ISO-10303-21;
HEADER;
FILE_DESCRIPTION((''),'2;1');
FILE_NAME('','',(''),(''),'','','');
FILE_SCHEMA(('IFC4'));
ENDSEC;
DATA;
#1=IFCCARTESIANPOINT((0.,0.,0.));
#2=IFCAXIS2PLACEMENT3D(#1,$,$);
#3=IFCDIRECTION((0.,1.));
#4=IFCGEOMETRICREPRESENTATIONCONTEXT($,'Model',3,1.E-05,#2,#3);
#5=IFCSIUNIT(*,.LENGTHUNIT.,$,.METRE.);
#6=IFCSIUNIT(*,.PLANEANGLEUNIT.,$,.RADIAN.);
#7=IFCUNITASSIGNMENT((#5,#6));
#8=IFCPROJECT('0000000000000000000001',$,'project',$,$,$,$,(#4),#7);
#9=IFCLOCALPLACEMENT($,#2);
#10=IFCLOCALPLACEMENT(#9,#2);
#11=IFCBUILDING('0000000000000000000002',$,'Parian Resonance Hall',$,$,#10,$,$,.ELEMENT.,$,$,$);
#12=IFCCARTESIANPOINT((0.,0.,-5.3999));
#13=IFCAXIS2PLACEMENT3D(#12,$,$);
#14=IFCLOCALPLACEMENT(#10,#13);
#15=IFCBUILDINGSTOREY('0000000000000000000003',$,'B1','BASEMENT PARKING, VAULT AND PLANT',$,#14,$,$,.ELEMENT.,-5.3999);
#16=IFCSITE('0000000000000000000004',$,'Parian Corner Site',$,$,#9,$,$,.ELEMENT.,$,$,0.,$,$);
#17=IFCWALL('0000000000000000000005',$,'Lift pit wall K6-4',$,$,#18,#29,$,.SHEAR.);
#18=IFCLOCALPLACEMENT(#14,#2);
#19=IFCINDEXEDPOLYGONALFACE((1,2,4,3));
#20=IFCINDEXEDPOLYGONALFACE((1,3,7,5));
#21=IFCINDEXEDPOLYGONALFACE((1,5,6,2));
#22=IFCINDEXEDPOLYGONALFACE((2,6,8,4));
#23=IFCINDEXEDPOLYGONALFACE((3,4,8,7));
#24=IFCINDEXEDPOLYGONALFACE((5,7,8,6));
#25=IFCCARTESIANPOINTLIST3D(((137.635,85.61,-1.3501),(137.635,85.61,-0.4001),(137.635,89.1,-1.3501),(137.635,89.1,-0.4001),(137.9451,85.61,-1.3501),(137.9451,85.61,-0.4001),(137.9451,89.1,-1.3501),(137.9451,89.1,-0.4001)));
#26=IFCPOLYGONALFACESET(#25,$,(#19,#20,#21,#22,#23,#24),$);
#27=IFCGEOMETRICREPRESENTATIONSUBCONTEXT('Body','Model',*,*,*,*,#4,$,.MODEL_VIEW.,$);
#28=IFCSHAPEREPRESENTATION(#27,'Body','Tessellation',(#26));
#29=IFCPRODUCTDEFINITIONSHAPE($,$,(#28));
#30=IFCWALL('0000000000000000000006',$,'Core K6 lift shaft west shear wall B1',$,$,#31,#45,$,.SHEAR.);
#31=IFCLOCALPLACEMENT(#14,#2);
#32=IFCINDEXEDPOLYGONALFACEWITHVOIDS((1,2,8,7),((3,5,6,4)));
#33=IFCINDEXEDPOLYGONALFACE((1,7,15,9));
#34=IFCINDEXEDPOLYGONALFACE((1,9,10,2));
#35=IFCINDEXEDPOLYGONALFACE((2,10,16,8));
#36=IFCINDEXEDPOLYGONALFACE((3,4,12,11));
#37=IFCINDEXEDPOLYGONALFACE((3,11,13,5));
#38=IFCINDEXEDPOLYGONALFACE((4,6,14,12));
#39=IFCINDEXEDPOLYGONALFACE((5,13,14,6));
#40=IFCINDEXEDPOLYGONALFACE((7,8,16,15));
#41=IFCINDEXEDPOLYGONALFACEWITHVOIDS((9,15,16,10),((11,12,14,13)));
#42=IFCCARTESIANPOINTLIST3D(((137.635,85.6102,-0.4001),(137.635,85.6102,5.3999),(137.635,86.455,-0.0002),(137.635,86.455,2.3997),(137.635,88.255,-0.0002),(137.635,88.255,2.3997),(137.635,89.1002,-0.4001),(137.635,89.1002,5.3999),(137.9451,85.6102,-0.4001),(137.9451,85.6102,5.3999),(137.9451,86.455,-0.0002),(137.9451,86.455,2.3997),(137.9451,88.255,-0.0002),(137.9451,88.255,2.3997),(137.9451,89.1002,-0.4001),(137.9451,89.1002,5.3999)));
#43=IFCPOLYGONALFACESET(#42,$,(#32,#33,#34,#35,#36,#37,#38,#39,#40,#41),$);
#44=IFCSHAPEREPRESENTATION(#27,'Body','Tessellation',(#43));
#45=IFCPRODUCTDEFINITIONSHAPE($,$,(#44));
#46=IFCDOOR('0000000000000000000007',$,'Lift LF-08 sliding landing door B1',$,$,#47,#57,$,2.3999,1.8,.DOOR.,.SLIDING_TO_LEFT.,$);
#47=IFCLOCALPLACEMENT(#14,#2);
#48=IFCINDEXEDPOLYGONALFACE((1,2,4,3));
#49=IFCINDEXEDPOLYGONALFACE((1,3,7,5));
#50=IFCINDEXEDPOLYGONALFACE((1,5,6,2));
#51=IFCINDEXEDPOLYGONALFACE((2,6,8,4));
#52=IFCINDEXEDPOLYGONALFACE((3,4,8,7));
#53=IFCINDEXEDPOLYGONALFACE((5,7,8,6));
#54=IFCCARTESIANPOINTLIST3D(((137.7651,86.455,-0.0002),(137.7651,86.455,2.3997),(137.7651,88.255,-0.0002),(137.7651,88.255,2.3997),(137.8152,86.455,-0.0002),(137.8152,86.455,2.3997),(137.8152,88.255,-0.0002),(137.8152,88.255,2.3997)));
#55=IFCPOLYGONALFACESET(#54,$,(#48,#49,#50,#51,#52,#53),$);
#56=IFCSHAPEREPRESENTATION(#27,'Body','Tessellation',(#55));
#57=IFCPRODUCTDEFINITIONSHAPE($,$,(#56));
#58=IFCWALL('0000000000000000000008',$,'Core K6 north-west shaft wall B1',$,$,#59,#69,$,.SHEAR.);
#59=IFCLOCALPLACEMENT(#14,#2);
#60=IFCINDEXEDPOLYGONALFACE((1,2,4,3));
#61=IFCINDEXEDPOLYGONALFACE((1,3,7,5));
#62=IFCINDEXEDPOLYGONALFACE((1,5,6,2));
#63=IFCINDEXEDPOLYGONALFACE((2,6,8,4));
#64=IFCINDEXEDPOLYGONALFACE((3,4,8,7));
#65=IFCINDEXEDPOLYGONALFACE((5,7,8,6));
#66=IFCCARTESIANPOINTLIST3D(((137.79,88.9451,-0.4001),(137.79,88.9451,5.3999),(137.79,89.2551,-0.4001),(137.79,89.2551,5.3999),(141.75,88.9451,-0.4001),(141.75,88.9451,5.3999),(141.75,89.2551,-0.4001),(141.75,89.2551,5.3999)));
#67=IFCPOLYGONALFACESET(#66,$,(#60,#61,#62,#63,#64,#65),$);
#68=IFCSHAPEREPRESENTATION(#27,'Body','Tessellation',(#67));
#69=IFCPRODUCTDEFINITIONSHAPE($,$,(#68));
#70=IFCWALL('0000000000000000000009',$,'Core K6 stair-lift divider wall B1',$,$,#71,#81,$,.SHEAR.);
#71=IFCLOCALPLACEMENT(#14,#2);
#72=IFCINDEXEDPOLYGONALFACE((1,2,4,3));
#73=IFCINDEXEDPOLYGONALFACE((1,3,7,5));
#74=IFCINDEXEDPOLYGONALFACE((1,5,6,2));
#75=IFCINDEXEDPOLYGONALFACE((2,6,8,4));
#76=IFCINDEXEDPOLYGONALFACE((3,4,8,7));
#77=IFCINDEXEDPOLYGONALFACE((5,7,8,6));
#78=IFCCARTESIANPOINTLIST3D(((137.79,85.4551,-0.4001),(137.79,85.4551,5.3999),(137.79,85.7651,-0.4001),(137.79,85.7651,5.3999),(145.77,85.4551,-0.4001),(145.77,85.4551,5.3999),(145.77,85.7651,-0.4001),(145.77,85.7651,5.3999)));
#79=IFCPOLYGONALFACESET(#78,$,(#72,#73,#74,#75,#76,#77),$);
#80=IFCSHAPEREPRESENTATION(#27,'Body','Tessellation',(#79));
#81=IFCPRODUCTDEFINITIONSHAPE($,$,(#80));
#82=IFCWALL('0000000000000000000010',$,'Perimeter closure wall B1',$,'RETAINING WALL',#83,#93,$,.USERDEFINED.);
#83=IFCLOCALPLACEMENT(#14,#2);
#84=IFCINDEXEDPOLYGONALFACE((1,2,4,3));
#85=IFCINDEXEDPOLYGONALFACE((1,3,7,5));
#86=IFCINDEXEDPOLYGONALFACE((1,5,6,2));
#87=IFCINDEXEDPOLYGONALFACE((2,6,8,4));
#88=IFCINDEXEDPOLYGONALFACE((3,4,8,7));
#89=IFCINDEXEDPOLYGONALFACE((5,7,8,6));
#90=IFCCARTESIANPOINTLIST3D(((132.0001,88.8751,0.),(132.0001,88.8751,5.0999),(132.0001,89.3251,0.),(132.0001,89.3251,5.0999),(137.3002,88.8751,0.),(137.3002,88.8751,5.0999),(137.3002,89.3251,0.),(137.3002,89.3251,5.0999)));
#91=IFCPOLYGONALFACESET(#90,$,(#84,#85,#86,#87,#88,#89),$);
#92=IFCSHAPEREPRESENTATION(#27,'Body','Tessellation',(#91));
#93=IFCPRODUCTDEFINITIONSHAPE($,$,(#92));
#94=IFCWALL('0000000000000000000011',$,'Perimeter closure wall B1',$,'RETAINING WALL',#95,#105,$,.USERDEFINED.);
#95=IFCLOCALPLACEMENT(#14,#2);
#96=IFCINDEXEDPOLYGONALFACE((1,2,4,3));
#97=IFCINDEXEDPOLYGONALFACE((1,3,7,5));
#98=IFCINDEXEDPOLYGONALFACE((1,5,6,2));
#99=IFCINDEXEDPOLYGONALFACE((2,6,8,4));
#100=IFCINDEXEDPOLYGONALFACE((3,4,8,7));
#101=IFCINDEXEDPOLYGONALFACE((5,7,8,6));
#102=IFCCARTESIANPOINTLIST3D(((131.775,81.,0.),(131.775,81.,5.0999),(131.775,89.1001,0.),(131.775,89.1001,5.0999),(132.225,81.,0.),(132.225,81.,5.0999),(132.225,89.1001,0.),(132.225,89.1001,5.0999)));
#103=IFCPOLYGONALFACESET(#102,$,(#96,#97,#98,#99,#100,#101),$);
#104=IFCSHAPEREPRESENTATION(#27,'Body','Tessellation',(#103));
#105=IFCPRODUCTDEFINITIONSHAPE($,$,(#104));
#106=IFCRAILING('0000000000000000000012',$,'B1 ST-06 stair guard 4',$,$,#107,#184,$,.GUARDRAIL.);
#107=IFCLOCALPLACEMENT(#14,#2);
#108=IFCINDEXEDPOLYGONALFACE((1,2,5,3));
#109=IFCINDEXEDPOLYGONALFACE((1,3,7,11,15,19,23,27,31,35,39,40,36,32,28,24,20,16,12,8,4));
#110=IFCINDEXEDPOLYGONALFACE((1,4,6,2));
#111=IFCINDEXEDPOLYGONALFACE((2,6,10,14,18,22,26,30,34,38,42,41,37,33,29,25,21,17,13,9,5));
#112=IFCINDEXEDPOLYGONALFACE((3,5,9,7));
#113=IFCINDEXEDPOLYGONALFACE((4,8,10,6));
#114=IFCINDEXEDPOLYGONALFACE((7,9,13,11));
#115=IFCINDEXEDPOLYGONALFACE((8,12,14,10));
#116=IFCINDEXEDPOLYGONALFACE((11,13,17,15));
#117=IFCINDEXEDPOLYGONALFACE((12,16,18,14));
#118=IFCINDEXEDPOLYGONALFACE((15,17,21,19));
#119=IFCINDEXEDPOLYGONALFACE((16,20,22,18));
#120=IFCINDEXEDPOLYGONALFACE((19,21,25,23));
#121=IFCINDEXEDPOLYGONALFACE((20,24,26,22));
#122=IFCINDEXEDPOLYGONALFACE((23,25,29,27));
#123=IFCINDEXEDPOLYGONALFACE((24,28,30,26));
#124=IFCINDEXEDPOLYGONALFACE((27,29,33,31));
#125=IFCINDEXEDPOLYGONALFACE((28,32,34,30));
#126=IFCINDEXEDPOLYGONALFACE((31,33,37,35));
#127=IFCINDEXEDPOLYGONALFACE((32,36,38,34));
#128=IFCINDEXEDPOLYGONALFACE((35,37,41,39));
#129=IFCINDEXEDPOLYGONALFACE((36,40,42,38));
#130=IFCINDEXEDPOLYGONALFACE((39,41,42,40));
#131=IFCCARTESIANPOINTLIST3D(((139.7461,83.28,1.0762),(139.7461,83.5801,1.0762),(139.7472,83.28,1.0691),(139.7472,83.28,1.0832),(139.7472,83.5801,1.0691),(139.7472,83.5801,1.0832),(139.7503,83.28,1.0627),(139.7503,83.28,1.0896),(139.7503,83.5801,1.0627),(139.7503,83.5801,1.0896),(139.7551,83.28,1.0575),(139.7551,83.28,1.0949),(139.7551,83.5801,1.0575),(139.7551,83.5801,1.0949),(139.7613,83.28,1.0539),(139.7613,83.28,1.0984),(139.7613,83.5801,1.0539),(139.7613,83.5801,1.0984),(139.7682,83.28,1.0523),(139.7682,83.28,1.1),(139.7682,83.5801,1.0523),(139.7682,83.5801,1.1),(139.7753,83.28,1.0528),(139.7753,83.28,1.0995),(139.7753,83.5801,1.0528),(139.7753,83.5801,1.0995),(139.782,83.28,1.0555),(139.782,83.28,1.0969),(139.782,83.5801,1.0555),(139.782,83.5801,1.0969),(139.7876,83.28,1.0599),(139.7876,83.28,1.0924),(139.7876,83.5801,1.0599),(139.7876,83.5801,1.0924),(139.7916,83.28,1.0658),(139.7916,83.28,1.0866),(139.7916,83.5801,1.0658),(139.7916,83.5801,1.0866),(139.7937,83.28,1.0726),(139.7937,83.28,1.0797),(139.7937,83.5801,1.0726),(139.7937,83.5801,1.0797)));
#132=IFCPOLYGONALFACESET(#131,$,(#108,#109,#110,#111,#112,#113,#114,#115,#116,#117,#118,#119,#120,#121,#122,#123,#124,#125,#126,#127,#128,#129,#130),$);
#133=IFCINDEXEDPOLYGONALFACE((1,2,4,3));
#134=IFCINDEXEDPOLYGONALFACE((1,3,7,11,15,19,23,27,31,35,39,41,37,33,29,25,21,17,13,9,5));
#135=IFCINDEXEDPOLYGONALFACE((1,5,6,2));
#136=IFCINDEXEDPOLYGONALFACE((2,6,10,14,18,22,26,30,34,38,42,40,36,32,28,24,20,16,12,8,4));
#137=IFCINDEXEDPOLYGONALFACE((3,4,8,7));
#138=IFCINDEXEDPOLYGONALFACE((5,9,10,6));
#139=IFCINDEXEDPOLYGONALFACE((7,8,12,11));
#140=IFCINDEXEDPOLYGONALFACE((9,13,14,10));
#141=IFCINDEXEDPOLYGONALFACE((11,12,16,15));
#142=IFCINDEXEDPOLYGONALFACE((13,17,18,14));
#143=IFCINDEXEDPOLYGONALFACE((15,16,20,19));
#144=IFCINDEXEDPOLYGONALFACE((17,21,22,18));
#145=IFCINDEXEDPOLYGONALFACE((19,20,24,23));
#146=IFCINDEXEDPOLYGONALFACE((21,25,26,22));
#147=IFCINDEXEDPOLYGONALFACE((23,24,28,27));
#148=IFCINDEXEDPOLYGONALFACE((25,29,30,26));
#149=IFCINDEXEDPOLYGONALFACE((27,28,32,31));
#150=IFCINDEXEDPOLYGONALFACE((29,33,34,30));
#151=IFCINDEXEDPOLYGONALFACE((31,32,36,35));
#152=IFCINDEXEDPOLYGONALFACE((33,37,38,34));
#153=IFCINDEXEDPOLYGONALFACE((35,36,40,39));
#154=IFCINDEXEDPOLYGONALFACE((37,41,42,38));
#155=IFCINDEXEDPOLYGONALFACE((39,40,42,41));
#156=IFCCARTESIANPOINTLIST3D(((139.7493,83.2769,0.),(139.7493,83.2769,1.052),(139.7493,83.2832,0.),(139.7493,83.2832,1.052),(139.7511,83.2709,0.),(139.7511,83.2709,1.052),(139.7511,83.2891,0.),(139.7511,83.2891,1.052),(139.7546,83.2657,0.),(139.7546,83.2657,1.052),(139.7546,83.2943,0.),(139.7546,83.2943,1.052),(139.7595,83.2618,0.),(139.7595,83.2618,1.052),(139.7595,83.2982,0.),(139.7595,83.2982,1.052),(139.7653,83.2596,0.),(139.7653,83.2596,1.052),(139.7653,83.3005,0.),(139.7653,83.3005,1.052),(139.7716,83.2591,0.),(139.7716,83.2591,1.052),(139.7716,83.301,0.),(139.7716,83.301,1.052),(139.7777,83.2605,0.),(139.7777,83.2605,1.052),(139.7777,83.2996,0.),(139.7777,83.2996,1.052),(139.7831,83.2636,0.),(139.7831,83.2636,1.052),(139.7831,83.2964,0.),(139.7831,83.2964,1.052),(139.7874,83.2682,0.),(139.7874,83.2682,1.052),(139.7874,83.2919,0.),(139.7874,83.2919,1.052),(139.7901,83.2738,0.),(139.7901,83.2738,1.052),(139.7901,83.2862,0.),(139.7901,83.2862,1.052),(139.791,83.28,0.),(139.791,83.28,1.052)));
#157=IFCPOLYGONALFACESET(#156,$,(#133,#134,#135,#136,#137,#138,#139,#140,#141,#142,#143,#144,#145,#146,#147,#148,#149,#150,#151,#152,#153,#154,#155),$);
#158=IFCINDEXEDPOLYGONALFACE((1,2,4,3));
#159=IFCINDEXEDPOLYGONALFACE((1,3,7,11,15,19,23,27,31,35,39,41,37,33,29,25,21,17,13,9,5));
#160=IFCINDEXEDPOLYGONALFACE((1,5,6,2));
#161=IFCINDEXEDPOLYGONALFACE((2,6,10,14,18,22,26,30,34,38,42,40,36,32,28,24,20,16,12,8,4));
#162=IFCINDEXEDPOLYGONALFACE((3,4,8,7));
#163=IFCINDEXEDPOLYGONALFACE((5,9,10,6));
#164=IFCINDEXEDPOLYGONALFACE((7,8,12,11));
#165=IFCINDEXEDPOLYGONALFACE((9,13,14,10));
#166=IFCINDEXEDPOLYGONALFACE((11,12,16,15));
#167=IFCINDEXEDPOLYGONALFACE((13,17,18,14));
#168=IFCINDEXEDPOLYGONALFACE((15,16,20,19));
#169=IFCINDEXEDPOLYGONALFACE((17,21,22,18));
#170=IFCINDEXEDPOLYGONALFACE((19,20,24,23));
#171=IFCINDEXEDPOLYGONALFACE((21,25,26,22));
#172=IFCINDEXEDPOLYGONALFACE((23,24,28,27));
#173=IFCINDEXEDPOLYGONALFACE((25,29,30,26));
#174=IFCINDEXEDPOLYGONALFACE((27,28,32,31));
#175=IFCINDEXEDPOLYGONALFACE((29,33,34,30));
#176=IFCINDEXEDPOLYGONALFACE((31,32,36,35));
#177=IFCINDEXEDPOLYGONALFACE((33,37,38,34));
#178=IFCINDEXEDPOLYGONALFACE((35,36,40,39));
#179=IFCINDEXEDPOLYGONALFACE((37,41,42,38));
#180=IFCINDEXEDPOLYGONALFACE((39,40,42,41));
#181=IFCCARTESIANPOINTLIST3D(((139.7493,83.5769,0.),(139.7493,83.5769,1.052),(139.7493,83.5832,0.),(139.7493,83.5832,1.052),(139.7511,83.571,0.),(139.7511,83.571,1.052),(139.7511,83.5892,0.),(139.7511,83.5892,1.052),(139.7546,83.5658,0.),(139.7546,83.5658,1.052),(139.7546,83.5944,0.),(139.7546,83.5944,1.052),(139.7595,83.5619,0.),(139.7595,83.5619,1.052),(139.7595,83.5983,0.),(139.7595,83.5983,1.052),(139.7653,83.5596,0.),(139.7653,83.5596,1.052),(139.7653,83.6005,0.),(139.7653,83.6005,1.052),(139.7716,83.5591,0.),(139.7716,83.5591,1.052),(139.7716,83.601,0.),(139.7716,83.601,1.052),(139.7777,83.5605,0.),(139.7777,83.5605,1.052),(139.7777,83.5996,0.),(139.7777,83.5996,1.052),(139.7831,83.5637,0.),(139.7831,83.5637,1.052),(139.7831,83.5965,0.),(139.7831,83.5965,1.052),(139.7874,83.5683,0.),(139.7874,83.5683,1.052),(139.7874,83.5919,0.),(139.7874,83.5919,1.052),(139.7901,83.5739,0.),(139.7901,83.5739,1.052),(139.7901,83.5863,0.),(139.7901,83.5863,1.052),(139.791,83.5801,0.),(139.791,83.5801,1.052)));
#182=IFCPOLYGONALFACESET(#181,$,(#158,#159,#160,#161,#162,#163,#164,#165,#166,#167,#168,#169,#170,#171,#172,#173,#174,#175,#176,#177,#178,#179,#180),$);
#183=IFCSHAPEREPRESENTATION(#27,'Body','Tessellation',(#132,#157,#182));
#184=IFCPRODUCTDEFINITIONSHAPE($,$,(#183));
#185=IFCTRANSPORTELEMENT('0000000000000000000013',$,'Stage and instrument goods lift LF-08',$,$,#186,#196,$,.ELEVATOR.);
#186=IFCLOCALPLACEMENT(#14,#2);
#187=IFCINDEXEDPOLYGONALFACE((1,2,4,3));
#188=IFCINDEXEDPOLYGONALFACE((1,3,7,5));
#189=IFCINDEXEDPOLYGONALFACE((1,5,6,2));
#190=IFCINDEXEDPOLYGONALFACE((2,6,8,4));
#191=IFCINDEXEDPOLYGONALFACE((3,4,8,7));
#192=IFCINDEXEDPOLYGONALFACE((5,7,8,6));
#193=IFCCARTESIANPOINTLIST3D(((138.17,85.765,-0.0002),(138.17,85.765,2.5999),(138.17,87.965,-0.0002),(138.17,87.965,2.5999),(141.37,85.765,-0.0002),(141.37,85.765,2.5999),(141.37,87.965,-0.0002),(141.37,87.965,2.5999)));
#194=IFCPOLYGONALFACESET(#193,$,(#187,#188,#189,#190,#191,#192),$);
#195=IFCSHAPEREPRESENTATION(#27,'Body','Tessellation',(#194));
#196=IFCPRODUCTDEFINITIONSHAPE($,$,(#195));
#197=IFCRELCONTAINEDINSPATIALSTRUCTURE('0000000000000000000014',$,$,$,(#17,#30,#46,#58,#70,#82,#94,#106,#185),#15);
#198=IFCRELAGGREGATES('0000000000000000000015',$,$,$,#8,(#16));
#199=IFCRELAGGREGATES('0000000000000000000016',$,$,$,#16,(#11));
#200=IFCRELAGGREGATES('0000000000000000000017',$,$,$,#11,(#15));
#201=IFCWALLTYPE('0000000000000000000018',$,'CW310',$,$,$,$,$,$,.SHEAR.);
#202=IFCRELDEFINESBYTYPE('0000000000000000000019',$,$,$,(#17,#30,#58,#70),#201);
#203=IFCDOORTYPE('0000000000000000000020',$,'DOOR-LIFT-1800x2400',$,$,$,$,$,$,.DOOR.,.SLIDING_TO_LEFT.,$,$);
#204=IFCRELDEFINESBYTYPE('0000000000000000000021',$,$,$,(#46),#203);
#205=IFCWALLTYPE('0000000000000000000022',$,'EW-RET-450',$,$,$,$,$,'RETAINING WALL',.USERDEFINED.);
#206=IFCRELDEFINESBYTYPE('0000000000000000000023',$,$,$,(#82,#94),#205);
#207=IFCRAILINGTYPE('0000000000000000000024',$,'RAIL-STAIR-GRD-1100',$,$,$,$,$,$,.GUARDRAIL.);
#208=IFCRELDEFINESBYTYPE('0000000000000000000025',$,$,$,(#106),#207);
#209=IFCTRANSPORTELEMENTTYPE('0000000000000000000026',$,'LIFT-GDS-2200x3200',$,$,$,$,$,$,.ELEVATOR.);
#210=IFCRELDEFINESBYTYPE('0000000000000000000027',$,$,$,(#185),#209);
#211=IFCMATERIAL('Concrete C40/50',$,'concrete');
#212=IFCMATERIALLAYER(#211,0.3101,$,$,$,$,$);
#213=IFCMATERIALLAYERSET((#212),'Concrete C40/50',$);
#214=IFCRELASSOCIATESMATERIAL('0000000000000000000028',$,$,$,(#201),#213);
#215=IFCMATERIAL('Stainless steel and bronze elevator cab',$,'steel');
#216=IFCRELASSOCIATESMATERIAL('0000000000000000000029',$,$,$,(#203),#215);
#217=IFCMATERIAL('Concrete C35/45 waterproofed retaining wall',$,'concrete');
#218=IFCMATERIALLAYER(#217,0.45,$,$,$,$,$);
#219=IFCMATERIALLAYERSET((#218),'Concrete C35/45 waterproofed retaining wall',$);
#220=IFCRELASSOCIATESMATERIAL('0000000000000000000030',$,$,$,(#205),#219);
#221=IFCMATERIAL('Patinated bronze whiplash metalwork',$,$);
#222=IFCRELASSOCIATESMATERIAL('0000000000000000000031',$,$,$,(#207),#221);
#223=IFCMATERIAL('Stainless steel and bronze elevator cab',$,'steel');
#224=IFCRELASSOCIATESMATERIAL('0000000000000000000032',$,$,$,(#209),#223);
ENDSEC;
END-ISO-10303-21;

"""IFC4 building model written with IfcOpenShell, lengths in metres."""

from ifc_helpers import new_model, si_unit, direction, frame, frame_2d, origin, origin_2d, place, context, subcontext, project, spatial, rectangle, circle, extrude, material, layer, layer_set, type_object, element, fill, save


model = new_model("IFC4")

# Units and contexts
model_context = context("Model", 3, precision=1e-05, world=origin(), true_north=direction((0.0, 1.0)))
body_context = subcontext(model_context, "Body", "Model", "MODEL_VIEW")
ifc_project = project(units=[si_unit("LENGTHUNIT", "METRE"), si_unit("PLANEANGLEUNIT", "RADIAN")], contexts=[model_context])

# Site, building, storey
site_placement = place(None, origin())
site = spatial("IfcSite", under=ifc_project, at=site_placement, Name="Parian Corner Site", CompositionType="ELEMENT", RefElevation=0.0)
building_placement = place(site_placement, origin())
building = spatial("IfcBuilding", under=site, at=building_placement, Name="Parian Resonance Hall", CompositionType="ELEMENT")
storey_placement = place(building_placement, frame((0.0, 0.0, -5.3999)))
storey = spatial("IfcBuildingStorey", under=building, at=storey_placement, Name="B1", Description="BASEMENT PARKING, VAULT AND PLANT", CompositionType="ELEMENT", Elevation=-5.3999)

# Wall
ifc_material_1 = material(Name="Concrete C40/50", Category="concrete")
ifc_layer_1 = layer(ifc_material_1, 0.3101)
ifc_layer_set_1 = layer_set([ifc_layer_1], Name="Concrete C40/50")
wall_type_1 = type_object("IfcWallType", Name="CW310", PredefinedType="SHEAR", material=ifc_layer_set_1)
wall_1_placement = place(storey_placement, frame((137.79, 89.1001, -1.3501), z_axis=(0.0, 0.0, 1.0), x_axis=(0.0, -1.0, 0.0)))
element("IfcWall", 1, at=wall_1_placement, inside=storey, type_object=wall_type_1, Name="Lift pit wall K6-4", PredefinedType="SHEAR", context=body_context, shape_type="SweptSolid", body=[
    extrude(rectangle(XDim=3.49, YDim=0.3101, at=frame_2d((1.7451, 0.0))), origin(), (0.0, 0.0, 1.0), 0.95),
])

# Wall, opening, door
wall_2_placement = place(storey_placement, frame((137.79, 85.6101, -0.4001), z_axis=(0.0, 0.0, 1.0), x_axis=(0.0, 1.0, 0.0)))
wall_2 = element("IfcWall", 2, at=wall_2_placement, inside=storey, type_object=wall_type_1, Name="Core K6 lift shaft west shear wall B1", PredefinedType="SHEAR", context=body_context, shape_type="SweptSolid", body=[
    extrude(rectangle(XDim=3.49, YDim=0.3101, at=frame_2d((1.7451, 0.0))), origin(), (0.0, 0.0, 1.0), 5.8),
])
opening_placement = place(wall_2_placement, frame((0.845, 0.0, 0.3999)))
opening = element("IfcOpeningElement", 3, at=opening_placement, cuts=wall_2, PredefinedType="OPENING", context=body_context, shape_type="SweptSolid", body=[
    extrude(rectangle(XDim=1.8, YDim=2.3999, at=frame_2d((0.8999, 1.2))), frame((0.0, 0.165, 0.0), z_axis=(0.0, -1.0, 0.0), x_axis=(1.0, 0.0, 0.0)), (0.0, 0.0, 1.0), 0.3301),
])
ifc_material_2 = material(Name="Stainless steel and bronze elevator cab", Category="steel")
door_type = type_object("IfcDoorType", Name="DOOR-LIFT-1800x2400", OperationType="SLIDING_TO_LEFT", PredefinedType="DOOR", material=ifc_material_2)
door_placement = place(opening_placement, origin())
door = element("IfcDoor", 4, at=door_placement, inside=storey, type_object=door_type, Name="Lift LF-08 sliding landing door B1", OperationType="SLIDING_TO_LEFT", OverallHeight=2.3999, OverallWidth=1.8, PredefinedType="DOOR", context=body_context, shape_type="SweptSolid", body=[
    extrude(rectangle(XDim=1.8, YDim=2.3999, at=frame_2d((0.8999, 1.2))), frame((0.0, 0.0249, 0.0), z_axis=(0.0, -1.0, 0.0), x_axis=(1.0, 0.0, 0.0)), (0.0, 0.0, 1.0), 0.05),
])
fill(opening, door)

# Walls
wall_3_placement = place(storey_placement, frame((137.79, 89.1001, -0.4001), z_axis=(0.0, 0.0, 1.0), x_axis=(1.0, 0.0, 0.0)))
element("IfcWall", 5, at=wall_3_placement, inside=storey, type_object=wall_type_1, Name="Core K6 north-west shaft wall B1", PredefinedType="SHEAR", context=body_context, shape_type="SweptSolid", body=[
    extrude(rectangle(XDim=3.96, YDim=0.3101, at=frame_2d((1.98, 0.0))), origin(), (0.0, 0.0, 1.0), 5.8),
])
wall_4_placement = place(storey_placement, frame((137.79, 85.6101, -0.4001), z_axis=(0.0, 0.0, 1.0), x_axis=(1.0, 0.0, 0.0)))
element("IfcWall", 6, at=wall_4_placement, inside=storey, type_object=wall_type_1, Name="Core K6 stair-lift divider wall B1", PredefinedType="SHEAR", context=body_context, shape_type="SweptSolid", body=[
    extrude(rectangle(XDim=7.98, YDim=0.3101, at=frame_2d((3.99, 0.0))), origin(), (0.0, 0.0, 1.0), 5.8),
])
ifc_material_3 = material(Name="Concrete C35/45 waterproofed retaining wall", Category="concrete")
ifc_layer_2 = layer(ifc_material_3, 0.45)
ifc_layer_set_2 = layer_set([ifc_layer_2], Name="Concrete C35/45 waterproofed retaining wall")
wall_type_2 = type_object("IfcWallType", Name="EW-RET-450", ElementType="RETAINING WALL", PredefinedType="USERDEFINED", material=ifc_layer_set_2)
wall_5_placement = place(storey_placement, frame((137.3, 89.1001, 0.0), z_axis=(0.0, 0.0, 1.0), x_axis=(-1.0, 0.0, 0.0)))
element("IfcWall", 7, at=wall_5_placement, inside=storey, type_object=wall_type_2, Name="Perimeter closure wall B1", ObjectType="RETAINING WALL", PredefinedType="USERDEFINED", context=body_context, shape_type="SweptSolid", body=[
    extrude(rectangle(XDim=5.3, YDim=0.45, at=frame_2d((2.6499, 0.0))), origin(), (0.0, 0.0, 1.0), 5.0999),
])
wall_6_placement = place(storey_placement, frame((132.0, 89.1001, 0.0), z_axis=(0.0, 0.0, 1.0), x_axis=(0.0, -1.0, 0.0)))
element("IfcWall", 8, at=wall_6_placement, inside=storey, type_object=wall_type_2, Name="Perimeter closure wall B1", ObjectType="RETAINING WALL", PredefinedType="USERDEFINED", context=body_context, shape_type="SweptSolid", body=[
    extrude(rectangle(XDim=8.1001, YDim=0.45, at=frame_2d((4.05, 0.0))), origin(), (0.0, 0.0, 1.0), 5.0999),
])

# Railing
ifc_material_4 = material(Name="Patinated bronze whiplash metalwork")
railing_type = type_object("IfcRailingType", Name="RAIL-STAIR-GRD-1100", PredefinedType="GUARDRAIL", material=ifc_material_4)
railing_placement = place(storey_placement, frame((139.77, 83.28, 0.0)))
element("IfcRailing", 9, at=railing_placement, inside=storey, type_object=railing_type, Name="B1 ST-06 stair guard 4", PredefinedType="GUARDRAIL", context=body_context, shape_type="SweptSolid", body=[
    extrude(circle(Radius=0.0239, at=origin_2d()), frame((0.0, 0.0, 1.0762), z_axis=(0.0, 1.0, 0.0), x_axis=(-1.0, 0.0, 0.0)), (0.0, 0.0, 1.0), 0.3),
    extrude(circle(Radius=0.021, at=origin_2d()), origin(), (0.0, 0.0, 1.0), 1.052),
    extrude(circle(Radius=0.021, at=origin_2d()), frame((0.0, 0.3, 0.0)), (0.0, 0.0, 1.0), 1.052),
])

# Transport element
ifc_material_5 = material(Name="Stainless steel and bronze elevator cab", Category="steel")
transport_element_type = type_object("IfcTransportElementType", Name="LIFT-GDS-2200x3200", PredefinedType="ELEVATOR", material=ifc_material_5)
transport_element_placement = place(storey_placement, frame((139.77, 86.865, -0.0002), z_axis=(0.0, 0.0, 1.0), x_axis=(1.0, 0.0, 0.0)))
element("IfcTransportElement", 10, at=transport_element_placement, inside=storey, type_object=transport_element_type, Name="Stage and instrument goods lift LF-08", PredefinedType="ELEVATOR", context=body_context, shape_type="SweptSolid", body=[
    extrude(rectangle(XDim=3.2, YDim=2.2, at=origin_2d()), origin(), (0.0, 0.0, 1.0), 2.6001),
])

save(model, "model.ifc")
